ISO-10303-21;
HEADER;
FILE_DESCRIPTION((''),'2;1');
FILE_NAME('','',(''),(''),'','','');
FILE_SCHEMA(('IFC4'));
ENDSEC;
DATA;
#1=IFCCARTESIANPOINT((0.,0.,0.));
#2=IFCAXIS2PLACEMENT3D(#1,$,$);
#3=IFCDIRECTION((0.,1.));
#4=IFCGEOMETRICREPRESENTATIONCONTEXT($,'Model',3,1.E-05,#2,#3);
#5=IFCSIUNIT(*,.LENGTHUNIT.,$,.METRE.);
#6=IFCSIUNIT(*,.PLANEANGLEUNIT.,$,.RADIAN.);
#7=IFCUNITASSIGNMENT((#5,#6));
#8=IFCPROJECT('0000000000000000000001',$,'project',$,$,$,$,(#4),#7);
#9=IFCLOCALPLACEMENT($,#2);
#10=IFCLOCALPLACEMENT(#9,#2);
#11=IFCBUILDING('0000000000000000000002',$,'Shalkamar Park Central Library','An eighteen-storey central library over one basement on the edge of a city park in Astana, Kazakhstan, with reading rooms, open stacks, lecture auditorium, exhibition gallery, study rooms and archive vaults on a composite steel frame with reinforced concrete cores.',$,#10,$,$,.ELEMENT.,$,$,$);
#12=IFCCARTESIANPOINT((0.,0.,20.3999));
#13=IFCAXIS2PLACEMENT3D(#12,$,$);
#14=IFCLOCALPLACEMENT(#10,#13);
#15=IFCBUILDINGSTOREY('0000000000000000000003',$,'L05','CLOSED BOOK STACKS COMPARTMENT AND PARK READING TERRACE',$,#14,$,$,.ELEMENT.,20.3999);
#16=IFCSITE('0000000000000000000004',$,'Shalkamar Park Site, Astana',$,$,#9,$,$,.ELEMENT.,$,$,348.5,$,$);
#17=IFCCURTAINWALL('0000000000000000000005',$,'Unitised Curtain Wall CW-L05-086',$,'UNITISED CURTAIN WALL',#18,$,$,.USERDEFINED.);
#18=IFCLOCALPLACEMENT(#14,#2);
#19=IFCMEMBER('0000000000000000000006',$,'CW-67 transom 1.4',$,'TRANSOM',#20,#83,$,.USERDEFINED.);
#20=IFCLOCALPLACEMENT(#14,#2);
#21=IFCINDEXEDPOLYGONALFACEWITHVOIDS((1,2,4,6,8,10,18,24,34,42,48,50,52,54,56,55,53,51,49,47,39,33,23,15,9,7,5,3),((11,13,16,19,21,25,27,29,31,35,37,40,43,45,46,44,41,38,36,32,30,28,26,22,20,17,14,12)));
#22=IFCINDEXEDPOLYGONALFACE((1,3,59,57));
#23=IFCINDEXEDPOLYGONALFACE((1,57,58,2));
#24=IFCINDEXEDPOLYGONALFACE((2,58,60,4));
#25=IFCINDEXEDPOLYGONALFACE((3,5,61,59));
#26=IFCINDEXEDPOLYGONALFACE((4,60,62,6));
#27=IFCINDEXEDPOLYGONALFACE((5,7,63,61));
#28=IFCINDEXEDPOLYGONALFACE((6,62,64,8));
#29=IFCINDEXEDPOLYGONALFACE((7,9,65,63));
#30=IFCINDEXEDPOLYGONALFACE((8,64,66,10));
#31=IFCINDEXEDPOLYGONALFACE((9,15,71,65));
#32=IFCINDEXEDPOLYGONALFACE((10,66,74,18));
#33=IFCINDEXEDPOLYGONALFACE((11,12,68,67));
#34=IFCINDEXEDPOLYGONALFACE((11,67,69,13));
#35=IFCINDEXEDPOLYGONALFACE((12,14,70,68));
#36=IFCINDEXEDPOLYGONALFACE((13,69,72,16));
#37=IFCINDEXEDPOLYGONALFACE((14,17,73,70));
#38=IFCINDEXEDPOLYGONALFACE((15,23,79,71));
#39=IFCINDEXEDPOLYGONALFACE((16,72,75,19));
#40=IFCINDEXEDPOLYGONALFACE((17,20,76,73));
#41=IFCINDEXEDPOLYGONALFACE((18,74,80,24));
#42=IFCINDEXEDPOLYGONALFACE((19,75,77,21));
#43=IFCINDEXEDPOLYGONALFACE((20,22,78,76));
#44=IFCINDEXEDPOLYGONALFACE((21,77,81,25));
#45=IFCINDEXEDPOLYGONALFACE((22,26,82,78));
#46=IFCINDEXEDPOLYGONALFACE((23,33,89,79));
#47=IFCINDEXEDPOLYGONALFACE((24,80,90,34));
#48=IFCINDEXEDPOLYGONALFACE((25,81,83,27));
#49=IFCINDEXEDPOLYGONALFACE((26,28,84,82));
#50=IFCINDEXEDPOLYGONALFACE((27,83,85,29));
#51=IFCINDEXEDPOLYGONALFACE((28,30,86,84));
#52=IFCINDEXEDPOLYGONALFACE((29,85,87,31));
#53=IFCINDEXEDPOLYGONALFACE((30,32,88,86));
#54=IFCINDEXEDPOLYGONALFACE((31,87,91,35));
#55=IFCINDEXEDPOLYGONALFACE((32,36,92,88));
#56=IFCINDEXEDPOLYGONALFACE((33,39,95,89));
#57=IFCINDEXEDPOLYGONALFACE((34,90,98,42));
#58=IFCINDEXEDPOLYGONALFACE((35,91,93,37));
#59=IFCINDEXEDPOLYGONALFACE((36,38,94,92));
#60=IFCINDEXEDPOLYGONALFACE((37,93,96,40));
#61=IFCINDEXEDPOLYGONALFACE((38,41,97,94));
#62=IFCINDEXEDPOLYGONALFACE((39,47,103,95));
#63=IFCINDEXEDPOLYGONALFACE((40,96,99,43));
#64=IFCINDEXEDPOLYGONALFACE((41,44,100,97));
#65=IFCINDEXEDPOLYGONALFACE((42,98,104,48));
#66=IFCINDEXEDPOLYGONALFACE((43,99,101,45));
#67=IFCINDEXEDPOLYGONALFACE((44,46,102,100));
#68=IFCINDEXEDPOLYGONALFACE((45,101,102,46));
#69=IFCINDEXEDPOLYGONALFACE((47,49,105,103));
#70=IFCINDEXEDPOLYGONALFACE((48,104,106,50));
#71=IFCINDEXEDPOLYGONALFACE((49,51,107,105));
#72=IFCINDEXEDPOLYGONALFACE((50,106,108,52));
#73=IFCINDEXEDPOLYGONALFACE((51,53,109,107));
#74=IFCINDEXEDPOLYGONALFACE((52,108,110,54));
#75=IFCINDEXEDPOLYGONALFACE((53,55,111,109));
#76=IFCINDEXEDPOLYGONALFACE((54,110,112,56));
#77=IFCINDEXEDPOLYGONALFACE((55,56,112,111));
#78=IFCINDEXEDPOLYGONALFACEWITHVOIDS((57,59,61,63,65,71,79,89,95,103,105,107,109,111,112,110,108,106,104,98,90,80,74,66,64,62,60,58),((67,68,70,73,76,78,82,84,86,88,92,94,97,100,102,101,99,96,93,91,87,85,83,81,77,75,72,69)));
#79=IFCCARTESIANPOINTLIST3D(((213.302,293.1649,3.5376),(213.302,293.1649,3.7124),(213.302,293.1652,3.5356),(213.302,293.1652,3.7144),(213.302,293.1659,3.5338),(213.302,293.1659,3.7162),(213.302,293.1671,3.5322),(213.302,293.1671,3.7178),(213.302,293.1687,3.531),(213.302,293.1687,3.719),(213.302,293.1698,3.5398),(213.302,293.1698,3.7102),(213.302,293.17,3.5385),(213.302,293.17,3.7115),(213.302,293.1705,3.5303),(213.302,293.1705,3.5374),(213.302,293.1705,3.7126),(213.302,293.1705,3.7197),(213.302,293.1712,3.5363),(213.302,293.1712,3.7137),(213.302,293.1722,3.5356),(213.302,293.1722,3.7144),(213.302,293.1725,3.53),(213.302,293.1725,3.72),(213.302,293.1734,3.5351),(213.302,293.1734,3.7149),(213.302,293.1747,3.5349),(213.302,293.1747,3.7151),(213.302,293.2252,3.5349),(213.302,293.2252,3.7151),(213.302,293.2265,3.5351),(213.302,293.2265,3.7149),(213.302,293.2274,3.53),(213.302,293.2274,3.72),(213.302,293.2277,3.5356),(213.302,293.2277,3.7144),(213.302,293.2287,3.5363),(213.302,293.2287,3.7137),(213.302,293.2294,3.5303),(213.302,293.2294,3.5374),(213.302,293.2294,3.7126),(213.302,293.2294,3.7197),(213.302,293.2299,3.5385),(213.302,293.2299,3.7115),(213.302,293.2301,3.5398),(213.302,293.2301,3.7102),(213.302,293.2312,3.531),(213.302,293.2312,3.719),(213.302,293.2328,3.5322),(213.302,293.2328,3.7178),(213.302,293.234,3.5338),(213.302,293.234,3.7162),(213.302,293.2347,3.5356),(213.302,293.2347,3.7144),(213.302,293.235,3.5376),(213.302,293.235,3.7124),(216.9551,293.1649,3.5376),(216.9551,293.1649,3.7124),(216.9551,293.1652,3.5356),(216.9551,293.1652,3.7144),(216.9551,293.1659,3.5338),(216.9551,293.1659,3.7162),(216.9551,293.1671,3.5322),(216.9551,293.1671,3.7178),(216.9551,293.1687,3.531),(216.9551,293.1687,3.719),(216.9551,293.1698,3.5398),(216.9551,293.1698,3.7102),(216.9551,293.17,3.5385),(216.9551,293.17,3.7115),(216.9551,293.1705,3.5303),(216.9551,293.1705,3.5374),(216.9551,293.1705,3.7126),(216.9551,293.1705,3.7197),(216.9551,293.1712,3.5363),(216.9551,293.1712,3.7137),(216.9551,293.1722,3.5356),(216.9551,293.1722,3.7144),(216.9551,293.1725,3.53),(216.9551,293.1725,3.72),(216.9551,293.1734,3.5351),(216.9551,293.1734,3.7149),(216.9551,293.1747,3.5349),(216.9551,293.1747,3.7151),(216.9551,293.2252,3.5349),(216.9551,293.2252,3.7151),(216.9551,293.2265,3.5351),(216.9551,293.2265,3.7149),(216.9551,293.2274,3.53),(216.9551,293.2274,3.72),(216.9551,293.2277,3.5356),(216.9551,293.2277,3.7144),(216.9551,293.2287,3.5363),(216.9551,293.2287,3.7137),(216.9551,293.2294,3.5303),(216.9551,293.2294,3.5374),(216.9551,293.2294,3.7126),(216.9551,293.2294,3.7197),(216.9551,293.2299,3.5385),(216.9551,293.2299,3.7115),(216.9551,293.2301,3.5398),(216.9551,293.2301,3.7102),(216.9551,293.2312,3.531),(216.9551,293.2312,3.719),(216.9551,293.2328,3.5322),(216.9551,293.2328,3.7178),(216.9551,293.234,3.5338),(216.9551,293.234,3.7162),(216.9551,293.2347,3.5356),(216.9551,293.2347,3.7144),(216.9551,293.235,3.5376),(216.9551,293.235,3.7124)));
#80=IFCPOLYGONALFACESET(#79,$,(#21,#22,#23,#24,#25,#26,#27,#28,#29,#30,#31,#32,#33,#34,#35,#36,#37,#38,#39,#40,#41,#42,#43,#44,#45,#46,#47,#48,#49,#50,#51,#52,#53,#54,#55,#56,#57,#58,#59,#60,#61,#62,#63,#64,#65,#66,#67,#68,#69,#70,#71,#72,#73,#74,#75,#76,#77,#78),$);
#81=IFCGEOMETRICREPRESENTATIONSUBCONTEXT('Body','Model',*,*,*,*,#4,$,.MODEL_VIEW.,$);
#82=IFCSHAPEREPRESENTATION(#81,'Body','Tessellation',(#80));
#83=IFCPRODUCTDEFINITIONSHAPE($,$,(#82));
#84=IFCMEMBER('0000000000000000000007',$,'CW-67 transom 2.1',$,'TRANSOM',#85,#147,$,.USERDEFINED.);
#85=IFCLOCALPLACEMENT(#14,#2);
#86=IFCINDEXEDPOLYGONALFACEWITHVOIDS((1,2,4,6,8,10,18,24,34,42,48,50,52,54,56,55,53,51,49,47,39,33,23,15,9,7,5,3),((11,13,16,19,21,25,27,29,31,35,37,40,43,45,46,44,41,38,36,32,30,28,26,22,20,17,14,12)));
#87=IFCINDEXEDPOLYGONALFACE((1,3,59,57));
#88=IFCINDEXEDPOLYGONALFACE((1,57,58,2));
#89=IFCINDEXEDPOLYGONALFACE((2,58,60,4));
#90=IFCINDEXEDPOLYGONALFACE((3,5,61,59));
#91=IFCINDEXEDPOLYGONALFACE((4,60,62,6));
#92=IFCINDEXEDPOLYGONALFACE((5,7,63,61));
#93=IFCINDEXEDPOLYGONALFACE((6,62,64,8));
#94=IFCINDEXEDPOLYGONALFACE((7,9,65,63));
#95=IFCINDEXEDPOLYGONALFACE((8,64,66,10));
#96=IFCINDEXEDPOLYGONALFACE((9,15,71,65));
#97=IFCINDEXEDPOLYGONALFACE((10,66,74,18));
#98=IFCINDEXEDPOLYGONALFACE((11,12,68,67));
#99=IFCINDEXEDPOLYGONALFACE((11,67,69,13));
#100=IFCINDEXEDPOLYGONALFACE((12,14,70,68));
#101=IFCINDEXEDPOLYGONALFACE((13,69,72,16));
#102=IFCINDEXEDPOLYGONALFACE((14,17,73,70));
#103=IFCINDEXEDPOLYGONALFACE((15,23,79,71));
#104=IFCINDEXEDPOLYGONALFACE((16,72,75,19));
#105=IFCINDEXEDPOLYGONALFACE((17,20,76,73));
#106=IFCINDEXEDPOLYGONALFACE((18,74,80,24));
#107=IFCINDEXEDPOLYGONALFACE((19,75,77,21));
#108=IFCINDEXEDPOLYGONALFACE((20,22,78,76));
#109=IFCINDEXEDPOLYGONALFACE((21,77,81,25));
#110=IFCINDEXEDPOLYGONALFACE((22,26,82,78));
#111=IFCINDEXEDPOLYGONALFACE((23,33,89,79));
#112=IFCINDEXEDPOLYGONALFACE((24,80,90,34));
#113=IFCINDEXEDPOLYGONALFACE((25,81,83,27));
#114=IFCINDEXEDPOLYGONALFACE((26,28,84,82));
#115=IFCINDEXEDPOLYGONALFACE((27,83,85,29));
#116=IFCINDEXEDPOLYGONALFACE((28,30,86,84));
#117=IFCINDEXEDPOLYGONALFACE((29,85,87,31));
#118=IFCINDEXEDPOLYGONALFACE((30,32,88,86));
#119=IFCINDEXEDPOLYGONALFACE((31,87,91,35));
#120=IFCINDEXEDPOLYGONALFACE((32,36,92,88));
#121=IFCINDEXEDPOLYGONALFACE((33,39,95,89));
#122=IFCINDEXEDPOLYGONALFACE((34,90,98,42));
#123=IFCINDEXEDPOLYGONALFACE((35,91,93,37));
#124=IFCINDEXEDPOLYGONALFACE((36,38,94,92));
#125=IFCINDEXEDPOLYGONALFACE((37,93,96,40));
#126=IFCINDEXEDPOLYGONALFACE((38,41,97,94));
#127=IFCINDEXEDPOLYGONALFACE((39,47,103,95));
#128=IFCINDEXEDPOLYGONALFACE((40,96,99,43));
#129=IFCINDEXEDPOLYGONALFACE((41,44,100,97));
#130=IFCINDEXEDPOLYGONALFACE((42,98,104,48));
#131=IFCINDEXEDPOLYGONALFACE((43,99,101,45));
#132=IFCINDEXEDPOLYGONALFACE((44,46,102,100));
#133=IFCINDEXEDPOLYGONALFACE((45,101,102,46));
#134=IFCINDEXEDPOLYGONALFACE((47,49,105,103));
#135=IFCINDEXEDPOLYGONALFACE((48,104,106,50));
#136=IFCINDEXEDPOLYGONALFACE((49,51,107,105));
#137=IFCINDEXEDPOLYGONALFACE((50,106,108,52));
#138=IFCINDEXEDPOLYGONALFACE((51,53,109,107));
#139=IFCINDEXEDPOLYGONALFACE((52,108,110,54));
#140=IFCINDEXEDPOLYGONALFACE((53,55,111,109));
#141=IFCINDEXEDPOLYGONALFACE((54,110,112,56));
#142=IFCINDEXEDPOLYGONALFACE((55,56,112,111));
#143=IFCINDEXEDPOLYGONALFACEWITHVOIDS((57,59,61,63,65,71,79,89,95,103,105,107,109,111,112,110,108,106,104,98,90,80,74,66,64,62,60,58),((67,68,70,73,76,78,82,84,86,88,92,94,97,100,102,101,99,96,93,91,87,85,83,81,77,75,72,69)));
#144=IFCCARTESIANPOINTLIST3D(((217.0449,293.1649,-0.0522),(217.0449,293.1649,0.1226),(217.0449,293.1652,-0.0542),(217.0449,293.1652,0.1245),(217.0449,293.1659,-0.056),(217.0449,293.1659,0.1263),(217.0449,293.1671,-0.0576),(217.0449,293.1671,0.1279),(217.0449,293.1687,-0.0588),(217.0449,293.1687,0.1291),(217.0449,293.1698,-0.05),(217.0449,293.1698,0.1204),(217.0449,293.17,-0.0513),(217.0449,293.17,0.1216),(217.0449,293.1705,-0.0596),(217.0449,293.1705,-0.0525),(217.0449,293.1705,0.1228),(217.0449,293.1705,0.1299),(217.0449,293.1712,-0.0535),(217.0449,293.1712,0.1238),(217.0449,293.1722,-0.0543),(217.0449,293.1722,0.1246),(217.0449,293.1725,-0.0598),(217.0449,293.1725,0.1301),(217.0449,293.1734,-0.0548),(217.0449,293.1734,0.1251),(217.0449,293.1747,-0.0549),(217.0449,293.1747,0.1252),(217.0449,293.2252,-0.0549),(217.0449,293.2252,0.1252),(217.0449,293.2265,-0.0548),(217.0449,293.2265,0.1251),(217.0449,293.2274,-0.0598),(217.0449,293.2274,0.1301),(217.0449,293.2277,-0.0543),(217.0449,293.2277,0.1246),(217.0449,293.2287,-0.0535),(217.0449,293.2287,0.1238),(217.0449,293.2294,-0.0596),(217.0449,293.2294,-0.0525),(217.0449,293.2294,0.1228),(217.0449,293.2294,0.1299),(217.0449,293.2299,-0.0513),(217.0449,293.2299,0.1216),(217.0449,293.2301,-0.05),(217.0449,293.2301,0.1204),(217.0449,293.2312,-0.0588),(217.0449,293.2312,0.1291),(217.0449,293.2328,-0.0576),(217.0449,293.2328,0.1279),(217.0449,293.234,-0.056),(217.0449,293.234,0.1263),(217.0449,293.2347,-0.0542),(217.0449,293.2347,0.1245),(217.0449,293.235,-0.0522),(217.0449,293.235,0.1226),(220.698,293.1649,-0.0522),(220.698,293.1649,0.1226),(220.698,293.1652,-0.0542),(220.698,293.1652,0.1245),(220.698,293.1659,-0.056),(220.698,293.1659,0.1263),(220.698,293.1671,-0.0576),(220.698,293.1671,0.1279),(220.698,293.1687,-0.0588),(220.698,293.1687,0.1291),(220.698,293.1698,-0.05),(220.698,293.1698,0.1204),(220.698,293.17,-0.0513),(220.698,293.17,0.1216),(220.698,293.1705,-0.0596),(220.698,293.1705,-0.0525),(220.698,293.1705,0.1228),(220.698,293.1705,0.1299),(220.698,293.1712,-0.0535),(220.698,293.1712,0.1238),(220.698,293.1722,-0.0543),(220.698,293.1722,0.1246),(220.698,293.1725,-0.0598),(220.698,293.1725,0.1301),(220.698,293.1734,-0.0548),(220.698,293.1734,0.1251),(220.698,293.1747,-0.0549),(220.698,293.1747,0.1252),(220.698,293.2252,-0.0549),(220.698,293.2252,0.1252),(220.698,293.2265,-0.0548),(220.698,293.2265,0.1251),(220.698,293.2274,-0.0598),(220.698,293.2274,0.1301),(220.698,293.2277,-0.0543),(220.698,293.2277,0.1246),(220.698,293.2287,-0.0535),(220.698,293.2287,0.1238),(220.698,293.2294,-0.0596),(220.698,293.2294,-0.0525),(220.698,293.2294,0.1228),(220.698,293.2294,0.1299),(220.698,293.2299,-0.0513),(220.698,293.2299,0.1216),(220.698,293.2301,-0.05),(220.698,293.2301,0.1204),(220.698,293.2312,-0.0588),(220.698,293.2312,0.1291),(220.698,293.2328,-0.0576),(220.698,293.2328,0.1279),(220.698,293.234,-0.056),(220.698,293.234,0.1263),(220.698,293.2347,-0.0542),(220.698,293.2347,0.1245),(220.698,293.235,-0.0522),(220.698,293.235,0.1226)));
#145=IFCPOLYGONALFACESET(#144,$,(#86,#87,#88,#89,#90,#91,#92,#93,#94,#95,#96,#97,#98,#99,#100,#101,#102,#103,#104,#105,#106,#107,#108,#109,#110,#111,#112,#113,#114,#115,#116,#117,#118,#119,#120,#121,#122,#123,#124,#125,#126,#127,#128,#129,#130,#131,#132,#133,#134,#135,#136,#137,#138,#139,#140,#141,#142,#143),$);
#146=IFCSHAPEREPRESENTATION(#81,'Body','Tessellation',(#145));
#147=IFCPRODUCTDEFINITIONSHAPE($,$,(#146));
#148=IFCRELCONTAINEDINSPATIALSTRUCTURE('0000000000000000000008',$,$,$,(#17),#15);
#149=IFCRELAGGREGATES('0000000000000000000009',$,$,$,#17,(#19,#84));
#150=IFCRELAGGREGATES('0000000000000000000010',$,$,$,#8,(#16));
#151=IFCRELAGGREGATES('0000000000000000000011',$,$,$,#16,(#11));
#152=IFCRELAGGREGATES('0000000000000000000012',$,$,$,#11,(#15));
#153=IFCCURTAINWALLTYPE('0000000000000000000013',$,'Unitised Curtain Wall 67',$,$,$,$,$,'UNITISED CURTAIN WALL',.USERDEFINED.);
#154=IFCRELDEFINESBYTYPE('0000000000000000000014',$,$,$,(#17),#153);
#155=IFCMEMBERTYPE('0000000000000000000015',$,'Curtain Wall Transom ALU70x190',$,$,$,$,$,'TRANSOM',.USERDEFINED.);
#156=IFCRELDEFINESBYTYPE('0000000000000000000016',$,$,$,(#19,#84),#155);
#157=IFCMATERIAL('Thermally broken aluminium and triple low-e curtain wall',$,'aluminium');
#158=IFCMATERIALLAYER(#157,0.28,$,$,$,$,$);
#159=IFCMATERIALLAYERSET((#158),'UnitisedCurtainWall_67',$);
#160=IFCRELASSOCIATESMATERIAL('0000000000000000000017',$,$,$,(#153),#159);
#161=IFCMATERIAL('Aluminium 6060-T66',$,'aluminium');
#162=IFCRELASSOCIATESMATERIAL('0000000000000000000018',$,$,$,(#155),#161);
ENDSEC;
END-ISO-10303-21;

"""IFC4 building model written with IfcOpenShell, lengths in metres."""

from ifc_helpers import new_model, si_unit, direction, frame, origin, origin_2d, place, context, subcontext, project, spatial, hollow_rectangle, extrude, material, layer, layer_set, material_profile, profile_set, type_object, element, aggregate, save


model = new_model("IFC4")

# Units and contexts
model_context = context("Model", 3, precision=1e-05, world=origin(), true_north=direction((0.0, 1.0)))
body_context = subcontext(model_context, "Body", "Model", "MODEL_VIEW")
ifc_project = project(units=[si_unit("LENGTHUNIT", "METRE"), si_unit("PLANEANGLEUNIT", "RADIAN")], contexts=[model_context])

# Site, building, storey
site_placement = place(None, origin())
site = spatial("IfcSite", under=ifc_project, at=site_placement, Name="Shalkamar Park Site, Astana", CompositionType="ELEMENT", RefElevation=348.5)
building_placement = place(site_placement, origin())
building = spatial("IfcBuilding", under=site, at=building_placement, Name="Shalkamar Park Central Library", Description="An eighteen-storey central library over one basement on the edge of a city park in Astana, Kazakhstan, with reading rooms, open stacks, lecture auditorium, exhibition gallery, study rooms and archive vaults on a composite steel frame with reinforced concrete cores.", CompositionType="ELEMENT")
storey_placement = place(building_placement, frame((0.0, 0.0, 20.3999)))
storey = spatial("IfcBuildingStorey", under=building, at=storey_placement, Name="L05", Description="CLOSED BOOK STACKS COMPARTMENT AND PARK READING TERRACE", CompositionType="ELEMENT", Elevation=20.3999)

# Curtain wall, members
ifc_material_1 = material(Name="Thermally broken aluminium and triple low-e curtain wall", Category="aluminium")
ifc_layer_1 = layer(ifc_material_1, 0.28)
ifc_layer_set_1 = layer_set([ifc_layer_1], Name="UnitisedCurtainWall_67")
curtain_wall_type = type_object("IfcCurtainWallType", Name="Unitised Curtain Wall 67", ElementType="UNITISED CURTAIN WALL", PredefinedType="USERDEFINED", material=ifc_layer_set_1)
curtain_wall_placement = place(storey_placement, origin())
curtain_wall = element("IfcCurtainWall", 1, at=curtain_wall_placement, inside=storey, type_object=curtain_wall_type, Name="Unitised Curtain Wall CW-L05-086", ObjectType="UNITISED CURTAIN WALL", PredefinedType="USERDEFINED")
ifc_material_2 = material(Name="Aluminium 6060-T66", Category="aluminium")
ifc_material_profile_1 = material_profile(ifc_material_2, hollow_rectangle(XDim=0.0701, YDim=0.1899, WallThickness=0.0049, InnerFilletRadius=0.0049, OuterFilletRadius=0.0076, at=origin_2d()), Name="ALU 70x190x5")
ifc_profile_set_1 = profile_set([ifc_material_profile_1], Name="Aluminium 6060-T66")
member_type_1 = type_object("IfcMemberType", Name="Curtain Wall Transom ALU70x190", ElementType="TRANSOM", PredefinedType="USERDEFINED", material=ifc_profile_set_1)
member_1_placement = place(storey_placement, frame((213.302, 293.2, 3.625), z_axis=(1.0, 0.0, 0.0), x_axis=(0.0, 1.0, 0.0)))
member_1 = element("IfcMember", 2, at=member_1_placement, type_object=member_type_1, Name="CW-67 transom 1.4", ObjectType="TRANSOM", PredefinedType="USERDEFINED", context=body_context, shape_type="SweptSolid", body=[
    extrude(hollow_rectangle(XDim=0.0701, YDim=0.1899, WallThickness=0.0049, InnerFilletRadius=0.0049, OuterFilletRadius=0.0076, at=origin_2d()), origin(), (0.0, 0.0, 1.0), 3.6531),
])
member_2_placement = place(storey_placement, frame((217.0449, 293.2, 0.0352), z_axis=(1.0, 0.0, 0.0), x_axis=(0.0, 1.0, 0.0)))
member_2 = element("IfcMember", 3, at=member_2_placement, type_object=member_type_1, Name="CW-67 transom 2.1", ObjectType="TRANSOM", PredefinedType="USERDEFINED", context=body_context, shape_type="SweptSolid", body=[
    extrude(hollow_rectangle(XDim=0.0701, YDim=0.1899, WallThickness=0.0049, InnerFilletRadius=0.0049, OuterFilletRadius=0.0076, at=origin_2d()), origin(), (0.0, 0.0, 1.0), 3.6531),
])

aggregate(curtain_wall, [member_1, member_2])

save(model, "model.ifc")
